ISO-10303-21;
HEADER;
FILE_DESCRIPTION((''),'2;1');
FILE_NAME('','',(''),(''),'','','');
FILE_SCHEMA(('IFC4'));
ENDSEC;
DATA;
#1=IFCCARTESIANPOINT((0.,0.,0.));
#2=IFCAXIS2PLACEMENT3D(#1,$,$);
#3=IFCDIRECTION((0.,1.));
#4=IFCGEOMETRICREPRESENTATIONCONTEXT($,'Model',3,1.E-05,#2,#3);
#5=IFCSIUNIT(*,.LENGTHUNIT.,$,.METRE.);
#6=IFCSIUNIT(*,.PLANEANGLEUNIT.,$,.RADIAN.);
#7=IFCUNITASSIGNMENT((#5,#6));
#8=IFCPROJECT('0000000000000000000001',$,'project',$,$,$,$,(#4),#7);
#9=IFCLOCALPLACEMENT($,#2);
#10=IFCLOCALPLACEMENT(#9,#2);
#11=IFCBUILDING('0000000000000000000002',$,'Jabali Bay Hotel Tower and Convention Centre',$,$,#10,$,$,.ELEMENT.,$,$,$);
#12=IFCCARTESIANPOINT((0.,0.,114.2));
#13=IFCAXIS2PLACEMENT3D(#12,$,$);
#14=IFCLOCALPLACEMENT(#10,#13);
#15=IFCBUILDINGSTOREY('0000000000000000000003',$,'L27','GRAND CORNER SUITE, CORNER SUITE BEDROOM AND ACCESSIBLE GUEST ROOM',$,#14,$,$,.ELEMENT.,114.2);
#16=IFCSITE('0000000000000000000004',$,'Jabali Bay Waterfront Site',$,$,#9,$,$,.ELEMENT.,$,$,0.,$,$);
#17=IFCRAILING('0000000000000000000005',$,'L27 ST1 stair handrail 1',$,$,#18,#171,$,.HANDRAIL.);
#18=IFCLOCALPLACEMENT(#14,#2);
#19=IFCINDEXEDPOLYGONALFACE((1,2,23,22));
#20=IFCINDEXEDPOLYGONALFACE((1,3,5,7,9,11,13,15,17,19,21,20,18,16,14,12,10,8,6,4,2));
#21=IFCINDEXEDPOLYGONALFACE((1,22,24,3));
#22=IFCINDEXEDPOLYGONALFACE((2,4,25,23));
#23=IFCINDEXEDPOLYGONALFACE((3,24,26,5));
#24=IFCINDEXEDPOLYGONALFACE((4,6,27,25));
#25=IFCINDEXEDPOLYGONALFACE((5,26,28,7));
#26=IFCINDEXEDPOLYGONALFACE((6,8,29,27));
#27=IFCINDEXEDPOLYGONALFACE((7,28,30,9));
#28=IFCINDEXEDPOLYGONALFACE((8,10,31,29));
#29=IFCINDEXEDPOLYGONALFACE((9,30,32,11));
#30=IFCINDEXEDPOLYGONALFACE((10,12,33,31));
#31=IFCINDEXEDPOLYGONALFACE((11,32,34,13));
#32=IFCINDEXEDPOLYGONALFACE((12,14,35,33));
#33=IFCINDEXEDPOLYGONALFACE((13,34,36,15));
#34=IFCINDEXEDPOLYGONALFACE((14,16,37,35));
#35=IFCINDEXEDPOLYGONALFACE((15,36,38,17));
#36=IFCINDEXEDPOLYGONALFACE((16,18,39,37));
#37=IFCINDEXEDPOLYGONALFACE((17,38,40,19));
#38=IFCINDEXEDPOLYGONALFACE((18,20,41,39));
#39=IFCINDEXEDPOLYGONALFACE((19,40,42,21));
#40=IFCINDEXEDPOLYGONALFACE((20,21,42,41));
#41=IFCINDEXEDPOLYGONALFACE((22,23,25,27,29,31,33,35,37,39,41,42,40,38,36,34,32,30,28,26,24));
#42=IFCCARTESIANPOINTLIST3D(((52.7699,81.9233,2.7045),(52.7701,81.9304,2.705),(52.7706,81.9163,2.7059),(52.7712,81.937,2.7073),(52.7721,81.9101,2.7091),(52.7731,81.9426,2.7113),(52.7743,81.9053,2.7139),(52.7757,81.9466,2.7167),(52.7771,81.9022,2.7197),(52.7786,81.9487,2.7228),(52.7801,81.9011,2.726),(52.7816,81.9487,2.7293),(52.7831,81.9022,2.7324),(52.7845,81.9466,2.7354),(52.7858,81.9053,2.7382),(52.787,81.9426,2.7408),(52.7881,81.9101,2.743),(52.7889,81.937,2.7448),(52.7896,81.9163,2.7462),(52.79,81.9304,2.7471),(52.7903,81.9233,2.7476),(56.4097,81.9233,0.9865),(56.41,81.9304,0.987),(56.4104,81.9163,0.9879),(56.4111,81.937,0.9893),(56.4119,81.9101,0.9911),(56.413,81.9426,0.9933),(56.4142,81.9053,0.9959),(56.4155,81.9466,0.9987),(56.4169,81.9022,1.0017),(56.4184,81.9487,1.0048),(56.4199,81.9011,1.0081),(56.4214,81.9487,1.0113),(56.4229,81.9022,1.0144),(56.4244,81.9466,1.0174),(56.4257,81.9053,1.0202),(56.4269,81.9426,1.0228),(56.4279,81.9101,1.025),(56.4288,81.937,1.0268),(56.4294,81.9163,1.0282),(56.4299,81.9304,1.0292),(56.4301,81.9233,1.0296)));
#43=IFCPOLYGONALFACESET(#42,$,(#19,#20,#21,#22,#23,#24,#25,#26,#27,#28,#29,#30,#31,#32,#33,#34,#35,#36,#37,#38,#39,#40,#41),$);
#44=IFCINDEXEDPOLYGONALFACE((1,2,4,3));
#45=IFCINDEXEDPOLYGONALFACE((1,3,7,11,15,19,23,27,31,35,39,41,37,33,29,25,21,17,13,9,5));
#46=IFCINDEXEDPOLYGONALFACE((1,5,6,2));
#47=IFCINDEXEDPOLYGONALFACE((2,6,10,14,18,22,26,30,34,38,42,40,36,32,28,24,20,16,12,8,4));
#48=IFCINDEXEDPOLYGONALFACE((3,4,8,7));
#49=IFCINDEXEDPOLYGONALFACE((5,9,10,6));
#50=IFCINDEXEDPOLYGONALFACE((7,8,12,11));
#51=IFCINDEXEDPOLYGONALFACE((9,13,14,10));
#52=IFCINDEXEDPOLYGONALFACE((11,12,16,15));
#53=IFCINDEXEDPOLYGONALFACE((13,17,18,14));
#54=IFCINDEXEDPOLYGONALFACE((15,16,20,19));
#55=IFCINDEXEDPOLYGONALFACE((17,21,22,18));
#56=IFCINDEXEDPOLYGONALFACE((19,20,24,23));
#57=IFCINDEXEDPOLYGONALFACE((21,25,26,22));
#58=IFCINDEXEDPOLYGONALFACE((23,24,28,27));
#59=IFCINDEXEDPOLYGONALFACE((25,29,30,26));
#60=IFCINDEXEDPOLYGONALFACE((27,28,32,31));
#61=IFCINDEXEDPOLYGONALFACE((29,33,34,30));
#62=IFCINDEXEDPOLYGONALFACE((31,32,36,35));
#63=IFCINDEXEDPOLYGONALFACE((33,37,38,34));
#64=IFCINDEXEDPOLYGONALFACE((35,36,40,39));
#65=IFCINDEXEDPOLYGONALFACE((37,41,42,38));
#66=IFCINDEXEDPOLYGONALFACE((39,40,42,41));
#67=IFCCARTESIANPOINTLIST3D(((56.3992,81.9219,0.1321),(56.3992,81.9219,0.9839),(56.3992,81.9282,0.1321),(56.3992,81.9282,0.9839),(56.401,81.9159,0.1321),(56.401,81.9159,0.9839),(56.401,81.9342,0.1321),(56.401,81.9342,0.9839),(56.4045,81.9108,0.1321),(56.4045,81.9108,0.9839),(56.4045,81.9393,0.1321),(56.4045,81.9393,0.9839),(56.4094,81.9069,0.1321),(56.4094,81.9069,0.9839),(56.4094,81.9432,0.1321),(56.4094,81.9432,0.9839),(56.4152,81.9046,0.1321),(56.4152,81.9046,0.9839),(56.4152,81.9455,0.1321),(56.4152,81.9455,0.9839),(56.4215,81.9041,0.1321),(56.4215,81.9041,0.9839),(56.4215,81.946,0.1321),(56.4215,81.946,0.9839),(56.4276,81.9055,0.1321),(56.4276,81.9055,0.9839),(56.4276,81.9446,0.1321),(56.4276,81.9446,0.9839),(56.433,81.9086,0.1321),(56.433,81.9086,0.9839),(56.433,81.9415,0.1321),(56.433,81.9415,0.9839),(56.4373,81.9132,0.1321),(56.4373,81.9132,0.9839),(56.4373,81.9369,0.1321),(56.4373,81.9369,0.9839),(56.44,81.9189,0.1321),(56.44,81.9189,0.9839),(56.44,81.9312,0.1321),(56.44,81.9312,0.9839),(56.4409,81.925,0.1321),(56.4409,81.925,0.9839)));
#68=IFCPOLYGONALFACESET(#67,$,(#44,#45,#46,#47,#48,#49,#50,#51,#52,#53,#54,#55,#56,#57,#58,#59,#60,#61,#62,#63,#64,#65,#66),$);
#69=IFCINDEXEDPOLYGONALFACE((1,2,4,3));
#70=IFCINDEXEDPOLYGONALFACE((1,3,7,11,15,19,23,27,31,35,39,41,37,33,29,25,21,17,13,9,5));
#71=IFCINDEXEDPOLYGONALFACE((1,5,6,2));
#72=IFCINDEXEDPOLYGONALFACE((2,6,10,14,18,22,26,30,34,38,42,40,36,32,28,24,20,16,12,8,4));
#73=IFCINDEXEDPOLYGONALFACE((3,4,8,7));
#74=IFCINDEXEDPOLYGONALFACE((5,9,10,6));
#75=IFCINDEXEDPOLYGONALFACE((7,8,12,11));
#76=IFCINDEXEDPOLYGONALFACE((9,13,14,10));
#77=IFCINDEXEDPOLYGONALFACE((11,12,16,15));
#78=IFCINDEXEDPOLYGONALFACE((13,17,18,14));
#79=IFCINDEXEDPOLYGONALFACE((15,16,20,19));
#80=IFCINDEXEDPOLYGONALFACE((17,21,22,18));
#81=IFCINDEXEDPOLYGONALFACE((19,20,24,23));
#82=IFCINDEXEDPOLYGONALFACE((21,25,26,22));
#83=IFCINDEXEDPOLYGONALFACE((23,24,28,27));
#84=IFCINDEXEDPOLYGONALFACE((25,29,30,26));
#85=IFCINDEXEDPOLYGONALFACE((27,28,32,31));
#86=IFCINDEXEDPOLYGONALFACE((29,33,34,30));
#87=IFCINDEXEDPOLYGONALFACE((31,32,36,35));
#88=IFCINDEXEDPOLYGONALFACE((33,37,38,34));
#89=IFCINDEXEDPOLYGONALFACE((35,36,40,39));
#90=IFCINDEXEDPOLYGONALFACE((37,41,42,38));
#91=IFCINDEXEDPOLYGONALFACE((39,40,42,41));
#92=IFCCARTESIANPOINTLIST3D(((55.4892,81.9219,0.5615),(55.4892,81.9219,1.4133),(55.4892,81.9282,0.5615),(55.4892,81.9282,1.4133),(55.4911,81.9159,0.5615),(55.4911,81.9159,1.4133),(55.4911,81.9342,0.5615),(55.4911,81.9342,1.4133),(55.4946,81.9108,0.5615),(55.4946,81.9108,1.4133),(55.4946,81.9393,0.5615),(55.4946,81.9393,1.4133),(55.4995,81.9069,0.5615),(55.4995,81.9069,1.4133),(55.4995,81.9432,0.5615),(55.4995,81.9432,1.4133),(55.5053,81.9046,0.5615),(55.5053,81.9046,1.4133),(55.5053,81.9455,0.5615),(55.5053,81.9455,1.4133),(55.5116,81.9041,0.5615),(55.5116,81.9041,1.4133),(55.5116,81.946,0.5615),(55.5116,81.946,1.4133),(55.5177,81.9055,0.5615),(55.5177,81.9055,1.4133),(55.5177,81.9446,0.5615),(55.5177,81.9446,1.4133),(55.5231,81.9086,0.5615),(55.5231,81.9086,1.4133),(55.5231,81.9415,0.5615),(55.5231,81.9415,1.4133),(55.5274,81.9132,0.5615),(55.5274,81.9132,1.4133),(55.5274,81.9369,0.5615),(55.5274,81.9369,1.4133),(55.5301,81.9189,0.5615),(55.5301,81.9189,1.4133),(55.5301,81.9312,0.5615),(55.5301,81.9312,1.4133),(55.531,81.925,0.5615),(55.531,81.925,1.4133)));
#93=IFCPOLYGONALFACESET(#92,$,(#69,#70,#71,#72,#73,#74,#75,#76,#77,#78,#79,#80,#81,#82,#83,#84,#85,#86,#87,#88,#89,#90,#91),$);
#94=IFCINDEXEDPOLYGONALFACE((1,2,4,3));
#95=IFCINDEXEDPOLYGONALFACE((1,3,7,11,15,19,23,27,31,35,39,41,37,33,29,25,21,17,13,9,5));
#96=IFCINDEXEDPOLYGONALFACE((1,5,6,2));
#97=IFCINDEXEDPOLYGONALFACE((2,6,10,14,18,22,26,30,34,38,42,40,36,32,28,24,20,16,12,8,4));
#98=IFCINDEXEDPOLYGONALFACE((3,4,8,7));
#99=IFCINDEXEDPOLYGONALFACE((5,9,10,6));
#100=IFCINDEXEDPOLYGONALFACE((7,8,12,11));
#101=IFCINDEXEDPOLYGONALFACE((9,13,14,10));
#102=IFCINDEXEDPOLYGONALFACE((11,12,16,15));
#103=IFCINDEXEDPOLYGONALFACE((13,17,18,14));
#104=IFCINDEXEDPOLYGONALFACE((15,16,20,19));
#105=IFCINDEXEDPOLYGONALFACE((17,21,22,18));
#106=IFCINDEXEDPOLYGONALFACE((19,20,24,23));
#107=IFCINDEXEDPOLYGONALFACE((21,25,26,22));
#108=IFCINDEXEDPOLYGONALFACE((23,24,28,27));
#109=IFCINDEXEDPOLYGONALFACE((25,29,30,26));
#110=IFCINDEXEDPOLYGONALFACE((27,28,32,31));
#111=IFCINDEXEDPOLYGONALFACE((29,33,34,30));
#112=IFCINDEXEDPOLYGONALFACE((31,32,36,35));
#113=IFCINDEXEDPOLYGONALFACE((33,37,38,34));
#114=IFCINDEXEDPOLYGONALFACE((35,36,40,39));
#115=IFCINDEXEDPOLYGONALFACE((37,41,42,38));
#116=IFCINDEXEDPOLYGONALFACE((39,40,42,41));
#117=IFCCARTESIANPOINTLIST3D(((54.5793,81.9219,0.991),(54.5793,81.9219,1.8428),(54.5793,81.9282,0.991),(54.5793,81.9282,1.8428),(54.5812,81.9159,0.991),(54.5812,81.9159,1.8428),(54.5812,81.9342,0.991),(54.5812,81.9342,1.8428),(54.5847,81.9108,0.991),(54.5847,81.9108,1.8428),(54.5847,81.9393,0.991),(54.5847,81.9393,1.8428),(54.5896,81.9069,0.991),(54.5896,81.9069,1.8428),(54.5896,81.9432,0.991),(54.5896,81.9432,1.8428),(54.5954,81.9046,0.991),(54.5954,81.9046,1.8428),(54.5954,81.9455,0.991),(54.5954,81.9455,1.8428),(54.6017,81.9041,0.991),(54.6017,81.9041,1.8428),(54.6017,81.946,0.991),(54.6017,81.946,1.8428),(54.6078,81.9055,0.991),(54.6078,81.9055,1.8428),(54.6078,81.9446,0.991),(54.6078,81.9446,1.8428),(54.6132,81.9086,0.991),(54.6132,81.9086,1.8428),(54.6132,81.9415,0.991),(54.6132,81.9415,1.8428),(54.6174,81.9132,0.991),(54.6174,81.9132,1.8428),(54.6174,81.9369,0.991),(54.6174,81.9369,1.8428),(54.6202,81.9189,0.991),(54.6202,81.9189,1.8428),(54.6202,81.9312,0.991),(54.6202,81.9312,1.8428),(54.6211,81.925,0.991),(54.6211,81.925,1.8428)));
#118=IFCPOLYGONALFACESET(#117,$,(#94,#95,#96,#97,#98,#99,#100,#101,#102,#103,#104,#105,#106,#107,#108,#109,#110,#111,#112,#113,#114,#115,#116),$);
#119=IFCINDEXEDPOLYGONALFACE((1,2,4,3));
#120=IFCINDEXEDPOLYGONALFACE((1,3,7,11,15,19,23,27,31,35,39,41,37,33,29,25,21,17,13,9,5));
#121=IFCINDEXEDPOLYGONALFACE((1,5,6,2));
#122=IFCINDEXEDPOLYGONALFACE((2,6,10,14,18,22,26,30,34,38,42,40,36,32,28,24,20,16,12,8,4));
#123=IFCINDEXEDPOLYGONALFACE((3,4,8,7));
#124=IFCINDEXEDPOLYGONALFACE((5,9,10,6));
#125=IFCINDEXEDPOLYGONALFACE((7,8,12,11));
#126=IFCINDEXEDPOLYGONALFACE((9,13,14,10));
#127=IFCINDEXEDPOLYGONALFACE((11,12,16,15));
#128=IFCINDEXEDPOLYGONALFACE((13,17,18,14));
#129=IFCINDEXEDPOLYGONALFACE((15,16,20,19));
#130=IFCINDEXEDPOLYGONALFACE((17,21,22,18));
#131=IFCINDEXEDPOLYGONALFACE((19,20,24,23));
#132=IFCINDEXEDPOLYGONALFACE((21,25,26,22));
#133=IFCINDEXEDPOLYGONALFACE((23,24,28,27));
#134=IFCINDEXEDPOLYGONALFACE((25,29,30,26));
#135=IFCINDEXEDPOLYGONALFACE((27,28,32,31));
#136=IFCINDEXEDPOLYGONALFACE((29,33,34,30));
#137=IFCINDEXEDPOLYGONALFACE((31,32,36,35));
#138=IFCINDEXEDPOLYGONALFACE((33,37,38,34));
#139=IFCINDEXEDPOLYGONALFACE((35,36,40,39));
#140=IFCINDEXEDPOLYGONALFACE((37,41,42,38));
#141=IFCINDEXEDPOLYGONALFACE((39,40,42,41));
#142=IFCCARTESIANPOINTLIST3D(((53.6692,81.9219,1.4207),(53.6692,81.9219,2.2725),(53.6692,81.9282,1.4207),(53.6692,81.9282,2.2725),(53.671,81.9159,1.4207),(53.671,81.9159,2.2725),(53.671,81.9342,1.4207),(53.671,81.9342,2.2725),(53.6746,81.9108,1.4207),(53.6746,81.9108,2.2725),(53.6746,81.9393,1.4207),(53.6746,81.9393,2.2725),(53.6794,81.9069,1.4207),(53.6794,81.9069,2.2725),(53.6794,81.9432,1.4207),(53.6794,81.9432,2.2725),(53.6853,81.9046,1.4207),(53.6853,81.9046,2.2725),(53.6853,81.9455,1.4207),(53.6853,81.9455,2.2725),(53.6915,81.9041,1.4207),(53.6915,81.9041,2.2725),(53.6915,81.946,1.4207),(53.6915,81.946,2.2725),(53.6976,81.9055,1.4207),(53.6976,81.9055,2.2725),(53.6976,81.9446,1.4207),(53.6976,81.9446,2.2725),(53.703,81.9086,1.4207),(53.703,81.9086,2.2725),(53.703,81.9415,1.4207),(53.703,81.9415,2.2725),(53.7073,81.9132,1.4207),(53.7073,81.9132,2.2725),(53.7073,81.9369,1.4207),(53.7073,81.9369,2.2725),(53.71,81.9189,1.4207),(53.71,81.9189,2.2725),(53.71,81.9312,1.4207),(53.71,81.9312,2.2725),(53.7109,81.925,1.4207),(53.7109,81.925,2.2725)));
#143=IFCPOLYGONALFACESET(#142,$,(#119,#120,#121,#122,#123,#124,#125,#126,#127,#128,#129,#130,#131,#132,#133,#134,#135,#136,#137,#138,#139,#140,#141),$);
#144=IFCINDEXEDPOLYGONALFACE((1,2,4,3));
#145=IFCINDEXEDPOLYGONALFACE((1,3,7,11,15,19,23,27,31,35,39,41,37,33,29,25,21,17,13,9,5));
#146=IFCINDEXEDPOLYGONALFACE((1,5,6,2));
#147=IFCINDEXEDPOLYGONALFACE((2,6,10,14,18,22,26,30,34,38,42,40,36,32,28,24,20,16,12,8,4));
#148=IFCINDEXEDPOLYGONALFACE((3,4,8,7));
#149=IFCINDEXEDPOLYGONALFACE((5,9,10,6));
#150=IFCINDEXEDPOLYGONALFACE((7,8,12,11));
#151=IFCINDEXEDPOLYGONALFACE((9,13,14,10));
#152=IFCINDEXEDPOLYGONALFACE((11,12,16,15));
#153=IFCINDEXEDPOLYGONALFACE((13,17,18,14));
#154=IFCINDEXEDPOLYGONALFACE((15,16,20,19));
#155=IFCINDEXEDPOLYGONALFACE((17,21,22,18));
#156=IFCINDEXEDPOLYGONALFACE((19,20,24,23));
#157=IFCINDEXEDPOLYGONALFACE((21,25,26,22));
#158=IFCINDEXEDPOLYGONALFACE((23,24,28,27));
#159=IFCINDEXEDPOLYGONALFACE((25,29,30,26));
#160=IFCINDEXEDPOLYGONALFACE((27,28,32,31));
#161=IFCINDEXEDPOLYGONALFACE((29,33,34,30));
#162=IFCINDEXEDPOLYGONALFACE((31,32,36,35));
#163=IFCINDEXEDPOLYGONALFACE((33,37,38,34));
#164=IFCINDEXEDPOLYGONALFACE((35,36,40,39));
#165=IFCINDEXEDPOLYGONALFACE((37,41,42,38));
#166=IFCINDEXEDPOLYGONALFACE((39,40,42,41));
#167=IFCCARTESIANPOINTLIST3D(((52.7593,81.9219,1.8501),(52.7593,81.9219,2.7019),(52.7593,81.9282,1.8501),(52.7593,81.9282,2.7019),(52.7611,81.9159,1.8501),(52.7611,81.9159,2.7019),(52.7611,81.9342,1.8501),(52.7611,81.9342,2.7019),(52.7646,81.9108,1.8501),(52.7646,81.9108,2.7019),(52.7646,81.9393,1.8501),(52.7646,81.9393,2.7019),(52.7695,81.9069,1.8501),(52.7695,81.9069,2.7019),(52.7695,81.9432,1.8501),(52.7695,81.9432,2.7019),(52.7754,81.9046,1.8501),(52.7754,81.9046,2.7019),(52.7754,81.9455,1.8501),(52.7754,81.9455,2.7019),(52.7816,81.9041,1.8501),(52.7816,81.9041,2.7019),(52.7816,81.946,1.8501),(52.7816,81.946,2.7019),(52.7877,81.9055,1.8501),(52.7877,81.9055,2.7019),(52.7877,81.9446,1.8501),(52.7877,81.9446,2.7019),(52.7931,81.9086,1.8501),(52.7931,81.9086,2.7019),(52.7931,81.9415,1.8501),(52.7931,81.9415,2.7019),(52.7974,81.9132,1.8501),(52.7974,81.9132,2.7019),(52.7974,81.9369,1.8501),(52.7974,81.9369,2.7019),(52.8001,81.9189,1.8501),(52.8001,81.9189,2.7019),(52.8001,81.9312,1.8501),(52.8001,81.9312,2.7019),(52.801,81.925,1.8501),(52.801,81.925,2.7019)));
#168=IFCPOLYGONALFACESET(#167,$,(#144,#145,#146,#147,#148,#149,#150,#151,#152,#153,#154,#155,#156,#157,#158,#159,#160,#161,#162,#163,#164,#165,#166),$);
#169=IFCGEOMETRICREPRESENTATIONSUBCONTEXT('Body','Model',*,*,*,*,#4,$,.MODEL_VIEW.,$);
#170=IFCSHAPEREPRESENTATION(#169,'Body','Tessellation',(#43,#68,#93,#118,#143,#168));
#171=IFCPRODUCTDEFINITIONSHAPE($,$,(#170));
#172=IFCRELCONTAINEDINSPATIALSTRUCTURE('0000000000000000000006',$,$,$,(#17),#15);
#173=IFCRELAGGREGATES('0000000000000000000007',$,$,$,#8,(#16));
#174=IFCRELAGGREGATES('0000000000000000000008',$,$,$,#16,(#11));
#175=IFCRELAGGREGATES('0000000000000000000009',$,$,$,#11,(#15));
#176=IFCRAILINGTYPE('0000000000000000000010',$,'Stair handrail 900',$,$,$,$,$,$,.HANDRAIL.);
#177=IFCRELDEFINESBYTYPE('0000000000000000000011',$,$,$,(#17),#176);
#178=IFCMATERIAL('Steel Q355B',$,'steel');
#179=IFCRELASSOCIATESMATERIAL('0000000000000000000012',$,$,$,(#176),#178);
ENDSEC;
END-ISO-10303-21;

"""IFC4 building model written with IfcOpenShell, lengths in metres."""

from ifc_helpers import new_model, si_unit, direction, frame, origin, origin_2d, place, context, subcontext, project, spatial, circle, extrude, material, type_object, element, save


model = new_model("IFC4")

# Units and contexts
model_context = context("Model", 3, precision=1e-05, world=origin(), true_north=direction((0.0, 1.0)))
body_context = subcontext(model_context, "Body", "Model", "MODEL_VIEW")
ifc_project = project(units=[si_unit("LENGTHUNIT", "METRE"), si_unit("PLANEANGLEUNIT", "RADIAN")], contexts=[model_context])

# Site, building, storey
site_placement = place(None, origin())
site = spatial("IfcSite", under=ifc_project, at=site_placement, Name="Jabali Bay Waterfront Site", CompositionType="ELEMENT", RefElevation=0.0)
building_placement = place(site_placement, origin())
building = spatial("IfcBuilding", under=site, at=building_placement, Name="Jabali Bay Hotel Tower and Convention Centre", CompositionType="ELEMENT")
storey_placement = place(building_placement, frame((0.0, 0.0, 114.2)))
storey = spatial("IfcBuildingStorey", under=building, at=storey_placement, Name="L27", Description="GRAND CORNER SUITE, CORNER SUITE BEDROOM AND ACCESSIBLE GUEST ROOM", CompositionType="ELEMENT", Elevation=114.2)

# Railing
ifc_material_1 = material(Name="Steel Q355B", Category="steel")
railing_type_1 = type_object("IfcRailingType", Name="Stair handrail 900", PredefinedType="HANDRAIL", material=ifc_material_1)
railing_1_placement = place(storey_placement, frame((56.4199, 81.925, 0.1321)))
element("IfcRailing", 1, at=railing_1_placement, inside=storey, type_object=railing_type_1, Name="L27 ST1 stair handrail 1", PredefinedType="HANDRAIL", context=body_context, shape_type="SweptSolid", body=[
    extrude(circle(Radius=0.0239, at=origin_2d()), frame((0.0, 0.0, 0.876), z_axis=(-0.904327, 0.0, 0.42684), x_axis=(0.0, -1.0, 0.0)), (0.0, 0.0, 1.0), 4.0249),
    extrude(circle(Radius=0.021, at=origin_2d()), origin(), (0.0, 0.0, 1.0), 0.8518),
    extrude(circle(Radius=0.021, at=origin_2d()), frame((-0.9099, 0.0, 0.4294)), (0.0, 0.0, 1.0), 0.8518),
    extrude(circle(Radius=0.021, at=origin_2d()), frame((-1.8198, 0.0, 0.8589)), (0.0, 0.0, 1.0), 0.8518),
    extrude(circle(Radius=0.021, at=origin_2d()), frame((-2.73, 0.0, 1.2886)), (0.0, 0.0, 1.0), 0.8518),
    extrude(circle(Radius=0.021, at=origin_2d()), frame((-3.6399, 0.0, 1.718)), (0.0, 0.0, 1.0), 0.8518),
])

save(model, "model.ifc")
